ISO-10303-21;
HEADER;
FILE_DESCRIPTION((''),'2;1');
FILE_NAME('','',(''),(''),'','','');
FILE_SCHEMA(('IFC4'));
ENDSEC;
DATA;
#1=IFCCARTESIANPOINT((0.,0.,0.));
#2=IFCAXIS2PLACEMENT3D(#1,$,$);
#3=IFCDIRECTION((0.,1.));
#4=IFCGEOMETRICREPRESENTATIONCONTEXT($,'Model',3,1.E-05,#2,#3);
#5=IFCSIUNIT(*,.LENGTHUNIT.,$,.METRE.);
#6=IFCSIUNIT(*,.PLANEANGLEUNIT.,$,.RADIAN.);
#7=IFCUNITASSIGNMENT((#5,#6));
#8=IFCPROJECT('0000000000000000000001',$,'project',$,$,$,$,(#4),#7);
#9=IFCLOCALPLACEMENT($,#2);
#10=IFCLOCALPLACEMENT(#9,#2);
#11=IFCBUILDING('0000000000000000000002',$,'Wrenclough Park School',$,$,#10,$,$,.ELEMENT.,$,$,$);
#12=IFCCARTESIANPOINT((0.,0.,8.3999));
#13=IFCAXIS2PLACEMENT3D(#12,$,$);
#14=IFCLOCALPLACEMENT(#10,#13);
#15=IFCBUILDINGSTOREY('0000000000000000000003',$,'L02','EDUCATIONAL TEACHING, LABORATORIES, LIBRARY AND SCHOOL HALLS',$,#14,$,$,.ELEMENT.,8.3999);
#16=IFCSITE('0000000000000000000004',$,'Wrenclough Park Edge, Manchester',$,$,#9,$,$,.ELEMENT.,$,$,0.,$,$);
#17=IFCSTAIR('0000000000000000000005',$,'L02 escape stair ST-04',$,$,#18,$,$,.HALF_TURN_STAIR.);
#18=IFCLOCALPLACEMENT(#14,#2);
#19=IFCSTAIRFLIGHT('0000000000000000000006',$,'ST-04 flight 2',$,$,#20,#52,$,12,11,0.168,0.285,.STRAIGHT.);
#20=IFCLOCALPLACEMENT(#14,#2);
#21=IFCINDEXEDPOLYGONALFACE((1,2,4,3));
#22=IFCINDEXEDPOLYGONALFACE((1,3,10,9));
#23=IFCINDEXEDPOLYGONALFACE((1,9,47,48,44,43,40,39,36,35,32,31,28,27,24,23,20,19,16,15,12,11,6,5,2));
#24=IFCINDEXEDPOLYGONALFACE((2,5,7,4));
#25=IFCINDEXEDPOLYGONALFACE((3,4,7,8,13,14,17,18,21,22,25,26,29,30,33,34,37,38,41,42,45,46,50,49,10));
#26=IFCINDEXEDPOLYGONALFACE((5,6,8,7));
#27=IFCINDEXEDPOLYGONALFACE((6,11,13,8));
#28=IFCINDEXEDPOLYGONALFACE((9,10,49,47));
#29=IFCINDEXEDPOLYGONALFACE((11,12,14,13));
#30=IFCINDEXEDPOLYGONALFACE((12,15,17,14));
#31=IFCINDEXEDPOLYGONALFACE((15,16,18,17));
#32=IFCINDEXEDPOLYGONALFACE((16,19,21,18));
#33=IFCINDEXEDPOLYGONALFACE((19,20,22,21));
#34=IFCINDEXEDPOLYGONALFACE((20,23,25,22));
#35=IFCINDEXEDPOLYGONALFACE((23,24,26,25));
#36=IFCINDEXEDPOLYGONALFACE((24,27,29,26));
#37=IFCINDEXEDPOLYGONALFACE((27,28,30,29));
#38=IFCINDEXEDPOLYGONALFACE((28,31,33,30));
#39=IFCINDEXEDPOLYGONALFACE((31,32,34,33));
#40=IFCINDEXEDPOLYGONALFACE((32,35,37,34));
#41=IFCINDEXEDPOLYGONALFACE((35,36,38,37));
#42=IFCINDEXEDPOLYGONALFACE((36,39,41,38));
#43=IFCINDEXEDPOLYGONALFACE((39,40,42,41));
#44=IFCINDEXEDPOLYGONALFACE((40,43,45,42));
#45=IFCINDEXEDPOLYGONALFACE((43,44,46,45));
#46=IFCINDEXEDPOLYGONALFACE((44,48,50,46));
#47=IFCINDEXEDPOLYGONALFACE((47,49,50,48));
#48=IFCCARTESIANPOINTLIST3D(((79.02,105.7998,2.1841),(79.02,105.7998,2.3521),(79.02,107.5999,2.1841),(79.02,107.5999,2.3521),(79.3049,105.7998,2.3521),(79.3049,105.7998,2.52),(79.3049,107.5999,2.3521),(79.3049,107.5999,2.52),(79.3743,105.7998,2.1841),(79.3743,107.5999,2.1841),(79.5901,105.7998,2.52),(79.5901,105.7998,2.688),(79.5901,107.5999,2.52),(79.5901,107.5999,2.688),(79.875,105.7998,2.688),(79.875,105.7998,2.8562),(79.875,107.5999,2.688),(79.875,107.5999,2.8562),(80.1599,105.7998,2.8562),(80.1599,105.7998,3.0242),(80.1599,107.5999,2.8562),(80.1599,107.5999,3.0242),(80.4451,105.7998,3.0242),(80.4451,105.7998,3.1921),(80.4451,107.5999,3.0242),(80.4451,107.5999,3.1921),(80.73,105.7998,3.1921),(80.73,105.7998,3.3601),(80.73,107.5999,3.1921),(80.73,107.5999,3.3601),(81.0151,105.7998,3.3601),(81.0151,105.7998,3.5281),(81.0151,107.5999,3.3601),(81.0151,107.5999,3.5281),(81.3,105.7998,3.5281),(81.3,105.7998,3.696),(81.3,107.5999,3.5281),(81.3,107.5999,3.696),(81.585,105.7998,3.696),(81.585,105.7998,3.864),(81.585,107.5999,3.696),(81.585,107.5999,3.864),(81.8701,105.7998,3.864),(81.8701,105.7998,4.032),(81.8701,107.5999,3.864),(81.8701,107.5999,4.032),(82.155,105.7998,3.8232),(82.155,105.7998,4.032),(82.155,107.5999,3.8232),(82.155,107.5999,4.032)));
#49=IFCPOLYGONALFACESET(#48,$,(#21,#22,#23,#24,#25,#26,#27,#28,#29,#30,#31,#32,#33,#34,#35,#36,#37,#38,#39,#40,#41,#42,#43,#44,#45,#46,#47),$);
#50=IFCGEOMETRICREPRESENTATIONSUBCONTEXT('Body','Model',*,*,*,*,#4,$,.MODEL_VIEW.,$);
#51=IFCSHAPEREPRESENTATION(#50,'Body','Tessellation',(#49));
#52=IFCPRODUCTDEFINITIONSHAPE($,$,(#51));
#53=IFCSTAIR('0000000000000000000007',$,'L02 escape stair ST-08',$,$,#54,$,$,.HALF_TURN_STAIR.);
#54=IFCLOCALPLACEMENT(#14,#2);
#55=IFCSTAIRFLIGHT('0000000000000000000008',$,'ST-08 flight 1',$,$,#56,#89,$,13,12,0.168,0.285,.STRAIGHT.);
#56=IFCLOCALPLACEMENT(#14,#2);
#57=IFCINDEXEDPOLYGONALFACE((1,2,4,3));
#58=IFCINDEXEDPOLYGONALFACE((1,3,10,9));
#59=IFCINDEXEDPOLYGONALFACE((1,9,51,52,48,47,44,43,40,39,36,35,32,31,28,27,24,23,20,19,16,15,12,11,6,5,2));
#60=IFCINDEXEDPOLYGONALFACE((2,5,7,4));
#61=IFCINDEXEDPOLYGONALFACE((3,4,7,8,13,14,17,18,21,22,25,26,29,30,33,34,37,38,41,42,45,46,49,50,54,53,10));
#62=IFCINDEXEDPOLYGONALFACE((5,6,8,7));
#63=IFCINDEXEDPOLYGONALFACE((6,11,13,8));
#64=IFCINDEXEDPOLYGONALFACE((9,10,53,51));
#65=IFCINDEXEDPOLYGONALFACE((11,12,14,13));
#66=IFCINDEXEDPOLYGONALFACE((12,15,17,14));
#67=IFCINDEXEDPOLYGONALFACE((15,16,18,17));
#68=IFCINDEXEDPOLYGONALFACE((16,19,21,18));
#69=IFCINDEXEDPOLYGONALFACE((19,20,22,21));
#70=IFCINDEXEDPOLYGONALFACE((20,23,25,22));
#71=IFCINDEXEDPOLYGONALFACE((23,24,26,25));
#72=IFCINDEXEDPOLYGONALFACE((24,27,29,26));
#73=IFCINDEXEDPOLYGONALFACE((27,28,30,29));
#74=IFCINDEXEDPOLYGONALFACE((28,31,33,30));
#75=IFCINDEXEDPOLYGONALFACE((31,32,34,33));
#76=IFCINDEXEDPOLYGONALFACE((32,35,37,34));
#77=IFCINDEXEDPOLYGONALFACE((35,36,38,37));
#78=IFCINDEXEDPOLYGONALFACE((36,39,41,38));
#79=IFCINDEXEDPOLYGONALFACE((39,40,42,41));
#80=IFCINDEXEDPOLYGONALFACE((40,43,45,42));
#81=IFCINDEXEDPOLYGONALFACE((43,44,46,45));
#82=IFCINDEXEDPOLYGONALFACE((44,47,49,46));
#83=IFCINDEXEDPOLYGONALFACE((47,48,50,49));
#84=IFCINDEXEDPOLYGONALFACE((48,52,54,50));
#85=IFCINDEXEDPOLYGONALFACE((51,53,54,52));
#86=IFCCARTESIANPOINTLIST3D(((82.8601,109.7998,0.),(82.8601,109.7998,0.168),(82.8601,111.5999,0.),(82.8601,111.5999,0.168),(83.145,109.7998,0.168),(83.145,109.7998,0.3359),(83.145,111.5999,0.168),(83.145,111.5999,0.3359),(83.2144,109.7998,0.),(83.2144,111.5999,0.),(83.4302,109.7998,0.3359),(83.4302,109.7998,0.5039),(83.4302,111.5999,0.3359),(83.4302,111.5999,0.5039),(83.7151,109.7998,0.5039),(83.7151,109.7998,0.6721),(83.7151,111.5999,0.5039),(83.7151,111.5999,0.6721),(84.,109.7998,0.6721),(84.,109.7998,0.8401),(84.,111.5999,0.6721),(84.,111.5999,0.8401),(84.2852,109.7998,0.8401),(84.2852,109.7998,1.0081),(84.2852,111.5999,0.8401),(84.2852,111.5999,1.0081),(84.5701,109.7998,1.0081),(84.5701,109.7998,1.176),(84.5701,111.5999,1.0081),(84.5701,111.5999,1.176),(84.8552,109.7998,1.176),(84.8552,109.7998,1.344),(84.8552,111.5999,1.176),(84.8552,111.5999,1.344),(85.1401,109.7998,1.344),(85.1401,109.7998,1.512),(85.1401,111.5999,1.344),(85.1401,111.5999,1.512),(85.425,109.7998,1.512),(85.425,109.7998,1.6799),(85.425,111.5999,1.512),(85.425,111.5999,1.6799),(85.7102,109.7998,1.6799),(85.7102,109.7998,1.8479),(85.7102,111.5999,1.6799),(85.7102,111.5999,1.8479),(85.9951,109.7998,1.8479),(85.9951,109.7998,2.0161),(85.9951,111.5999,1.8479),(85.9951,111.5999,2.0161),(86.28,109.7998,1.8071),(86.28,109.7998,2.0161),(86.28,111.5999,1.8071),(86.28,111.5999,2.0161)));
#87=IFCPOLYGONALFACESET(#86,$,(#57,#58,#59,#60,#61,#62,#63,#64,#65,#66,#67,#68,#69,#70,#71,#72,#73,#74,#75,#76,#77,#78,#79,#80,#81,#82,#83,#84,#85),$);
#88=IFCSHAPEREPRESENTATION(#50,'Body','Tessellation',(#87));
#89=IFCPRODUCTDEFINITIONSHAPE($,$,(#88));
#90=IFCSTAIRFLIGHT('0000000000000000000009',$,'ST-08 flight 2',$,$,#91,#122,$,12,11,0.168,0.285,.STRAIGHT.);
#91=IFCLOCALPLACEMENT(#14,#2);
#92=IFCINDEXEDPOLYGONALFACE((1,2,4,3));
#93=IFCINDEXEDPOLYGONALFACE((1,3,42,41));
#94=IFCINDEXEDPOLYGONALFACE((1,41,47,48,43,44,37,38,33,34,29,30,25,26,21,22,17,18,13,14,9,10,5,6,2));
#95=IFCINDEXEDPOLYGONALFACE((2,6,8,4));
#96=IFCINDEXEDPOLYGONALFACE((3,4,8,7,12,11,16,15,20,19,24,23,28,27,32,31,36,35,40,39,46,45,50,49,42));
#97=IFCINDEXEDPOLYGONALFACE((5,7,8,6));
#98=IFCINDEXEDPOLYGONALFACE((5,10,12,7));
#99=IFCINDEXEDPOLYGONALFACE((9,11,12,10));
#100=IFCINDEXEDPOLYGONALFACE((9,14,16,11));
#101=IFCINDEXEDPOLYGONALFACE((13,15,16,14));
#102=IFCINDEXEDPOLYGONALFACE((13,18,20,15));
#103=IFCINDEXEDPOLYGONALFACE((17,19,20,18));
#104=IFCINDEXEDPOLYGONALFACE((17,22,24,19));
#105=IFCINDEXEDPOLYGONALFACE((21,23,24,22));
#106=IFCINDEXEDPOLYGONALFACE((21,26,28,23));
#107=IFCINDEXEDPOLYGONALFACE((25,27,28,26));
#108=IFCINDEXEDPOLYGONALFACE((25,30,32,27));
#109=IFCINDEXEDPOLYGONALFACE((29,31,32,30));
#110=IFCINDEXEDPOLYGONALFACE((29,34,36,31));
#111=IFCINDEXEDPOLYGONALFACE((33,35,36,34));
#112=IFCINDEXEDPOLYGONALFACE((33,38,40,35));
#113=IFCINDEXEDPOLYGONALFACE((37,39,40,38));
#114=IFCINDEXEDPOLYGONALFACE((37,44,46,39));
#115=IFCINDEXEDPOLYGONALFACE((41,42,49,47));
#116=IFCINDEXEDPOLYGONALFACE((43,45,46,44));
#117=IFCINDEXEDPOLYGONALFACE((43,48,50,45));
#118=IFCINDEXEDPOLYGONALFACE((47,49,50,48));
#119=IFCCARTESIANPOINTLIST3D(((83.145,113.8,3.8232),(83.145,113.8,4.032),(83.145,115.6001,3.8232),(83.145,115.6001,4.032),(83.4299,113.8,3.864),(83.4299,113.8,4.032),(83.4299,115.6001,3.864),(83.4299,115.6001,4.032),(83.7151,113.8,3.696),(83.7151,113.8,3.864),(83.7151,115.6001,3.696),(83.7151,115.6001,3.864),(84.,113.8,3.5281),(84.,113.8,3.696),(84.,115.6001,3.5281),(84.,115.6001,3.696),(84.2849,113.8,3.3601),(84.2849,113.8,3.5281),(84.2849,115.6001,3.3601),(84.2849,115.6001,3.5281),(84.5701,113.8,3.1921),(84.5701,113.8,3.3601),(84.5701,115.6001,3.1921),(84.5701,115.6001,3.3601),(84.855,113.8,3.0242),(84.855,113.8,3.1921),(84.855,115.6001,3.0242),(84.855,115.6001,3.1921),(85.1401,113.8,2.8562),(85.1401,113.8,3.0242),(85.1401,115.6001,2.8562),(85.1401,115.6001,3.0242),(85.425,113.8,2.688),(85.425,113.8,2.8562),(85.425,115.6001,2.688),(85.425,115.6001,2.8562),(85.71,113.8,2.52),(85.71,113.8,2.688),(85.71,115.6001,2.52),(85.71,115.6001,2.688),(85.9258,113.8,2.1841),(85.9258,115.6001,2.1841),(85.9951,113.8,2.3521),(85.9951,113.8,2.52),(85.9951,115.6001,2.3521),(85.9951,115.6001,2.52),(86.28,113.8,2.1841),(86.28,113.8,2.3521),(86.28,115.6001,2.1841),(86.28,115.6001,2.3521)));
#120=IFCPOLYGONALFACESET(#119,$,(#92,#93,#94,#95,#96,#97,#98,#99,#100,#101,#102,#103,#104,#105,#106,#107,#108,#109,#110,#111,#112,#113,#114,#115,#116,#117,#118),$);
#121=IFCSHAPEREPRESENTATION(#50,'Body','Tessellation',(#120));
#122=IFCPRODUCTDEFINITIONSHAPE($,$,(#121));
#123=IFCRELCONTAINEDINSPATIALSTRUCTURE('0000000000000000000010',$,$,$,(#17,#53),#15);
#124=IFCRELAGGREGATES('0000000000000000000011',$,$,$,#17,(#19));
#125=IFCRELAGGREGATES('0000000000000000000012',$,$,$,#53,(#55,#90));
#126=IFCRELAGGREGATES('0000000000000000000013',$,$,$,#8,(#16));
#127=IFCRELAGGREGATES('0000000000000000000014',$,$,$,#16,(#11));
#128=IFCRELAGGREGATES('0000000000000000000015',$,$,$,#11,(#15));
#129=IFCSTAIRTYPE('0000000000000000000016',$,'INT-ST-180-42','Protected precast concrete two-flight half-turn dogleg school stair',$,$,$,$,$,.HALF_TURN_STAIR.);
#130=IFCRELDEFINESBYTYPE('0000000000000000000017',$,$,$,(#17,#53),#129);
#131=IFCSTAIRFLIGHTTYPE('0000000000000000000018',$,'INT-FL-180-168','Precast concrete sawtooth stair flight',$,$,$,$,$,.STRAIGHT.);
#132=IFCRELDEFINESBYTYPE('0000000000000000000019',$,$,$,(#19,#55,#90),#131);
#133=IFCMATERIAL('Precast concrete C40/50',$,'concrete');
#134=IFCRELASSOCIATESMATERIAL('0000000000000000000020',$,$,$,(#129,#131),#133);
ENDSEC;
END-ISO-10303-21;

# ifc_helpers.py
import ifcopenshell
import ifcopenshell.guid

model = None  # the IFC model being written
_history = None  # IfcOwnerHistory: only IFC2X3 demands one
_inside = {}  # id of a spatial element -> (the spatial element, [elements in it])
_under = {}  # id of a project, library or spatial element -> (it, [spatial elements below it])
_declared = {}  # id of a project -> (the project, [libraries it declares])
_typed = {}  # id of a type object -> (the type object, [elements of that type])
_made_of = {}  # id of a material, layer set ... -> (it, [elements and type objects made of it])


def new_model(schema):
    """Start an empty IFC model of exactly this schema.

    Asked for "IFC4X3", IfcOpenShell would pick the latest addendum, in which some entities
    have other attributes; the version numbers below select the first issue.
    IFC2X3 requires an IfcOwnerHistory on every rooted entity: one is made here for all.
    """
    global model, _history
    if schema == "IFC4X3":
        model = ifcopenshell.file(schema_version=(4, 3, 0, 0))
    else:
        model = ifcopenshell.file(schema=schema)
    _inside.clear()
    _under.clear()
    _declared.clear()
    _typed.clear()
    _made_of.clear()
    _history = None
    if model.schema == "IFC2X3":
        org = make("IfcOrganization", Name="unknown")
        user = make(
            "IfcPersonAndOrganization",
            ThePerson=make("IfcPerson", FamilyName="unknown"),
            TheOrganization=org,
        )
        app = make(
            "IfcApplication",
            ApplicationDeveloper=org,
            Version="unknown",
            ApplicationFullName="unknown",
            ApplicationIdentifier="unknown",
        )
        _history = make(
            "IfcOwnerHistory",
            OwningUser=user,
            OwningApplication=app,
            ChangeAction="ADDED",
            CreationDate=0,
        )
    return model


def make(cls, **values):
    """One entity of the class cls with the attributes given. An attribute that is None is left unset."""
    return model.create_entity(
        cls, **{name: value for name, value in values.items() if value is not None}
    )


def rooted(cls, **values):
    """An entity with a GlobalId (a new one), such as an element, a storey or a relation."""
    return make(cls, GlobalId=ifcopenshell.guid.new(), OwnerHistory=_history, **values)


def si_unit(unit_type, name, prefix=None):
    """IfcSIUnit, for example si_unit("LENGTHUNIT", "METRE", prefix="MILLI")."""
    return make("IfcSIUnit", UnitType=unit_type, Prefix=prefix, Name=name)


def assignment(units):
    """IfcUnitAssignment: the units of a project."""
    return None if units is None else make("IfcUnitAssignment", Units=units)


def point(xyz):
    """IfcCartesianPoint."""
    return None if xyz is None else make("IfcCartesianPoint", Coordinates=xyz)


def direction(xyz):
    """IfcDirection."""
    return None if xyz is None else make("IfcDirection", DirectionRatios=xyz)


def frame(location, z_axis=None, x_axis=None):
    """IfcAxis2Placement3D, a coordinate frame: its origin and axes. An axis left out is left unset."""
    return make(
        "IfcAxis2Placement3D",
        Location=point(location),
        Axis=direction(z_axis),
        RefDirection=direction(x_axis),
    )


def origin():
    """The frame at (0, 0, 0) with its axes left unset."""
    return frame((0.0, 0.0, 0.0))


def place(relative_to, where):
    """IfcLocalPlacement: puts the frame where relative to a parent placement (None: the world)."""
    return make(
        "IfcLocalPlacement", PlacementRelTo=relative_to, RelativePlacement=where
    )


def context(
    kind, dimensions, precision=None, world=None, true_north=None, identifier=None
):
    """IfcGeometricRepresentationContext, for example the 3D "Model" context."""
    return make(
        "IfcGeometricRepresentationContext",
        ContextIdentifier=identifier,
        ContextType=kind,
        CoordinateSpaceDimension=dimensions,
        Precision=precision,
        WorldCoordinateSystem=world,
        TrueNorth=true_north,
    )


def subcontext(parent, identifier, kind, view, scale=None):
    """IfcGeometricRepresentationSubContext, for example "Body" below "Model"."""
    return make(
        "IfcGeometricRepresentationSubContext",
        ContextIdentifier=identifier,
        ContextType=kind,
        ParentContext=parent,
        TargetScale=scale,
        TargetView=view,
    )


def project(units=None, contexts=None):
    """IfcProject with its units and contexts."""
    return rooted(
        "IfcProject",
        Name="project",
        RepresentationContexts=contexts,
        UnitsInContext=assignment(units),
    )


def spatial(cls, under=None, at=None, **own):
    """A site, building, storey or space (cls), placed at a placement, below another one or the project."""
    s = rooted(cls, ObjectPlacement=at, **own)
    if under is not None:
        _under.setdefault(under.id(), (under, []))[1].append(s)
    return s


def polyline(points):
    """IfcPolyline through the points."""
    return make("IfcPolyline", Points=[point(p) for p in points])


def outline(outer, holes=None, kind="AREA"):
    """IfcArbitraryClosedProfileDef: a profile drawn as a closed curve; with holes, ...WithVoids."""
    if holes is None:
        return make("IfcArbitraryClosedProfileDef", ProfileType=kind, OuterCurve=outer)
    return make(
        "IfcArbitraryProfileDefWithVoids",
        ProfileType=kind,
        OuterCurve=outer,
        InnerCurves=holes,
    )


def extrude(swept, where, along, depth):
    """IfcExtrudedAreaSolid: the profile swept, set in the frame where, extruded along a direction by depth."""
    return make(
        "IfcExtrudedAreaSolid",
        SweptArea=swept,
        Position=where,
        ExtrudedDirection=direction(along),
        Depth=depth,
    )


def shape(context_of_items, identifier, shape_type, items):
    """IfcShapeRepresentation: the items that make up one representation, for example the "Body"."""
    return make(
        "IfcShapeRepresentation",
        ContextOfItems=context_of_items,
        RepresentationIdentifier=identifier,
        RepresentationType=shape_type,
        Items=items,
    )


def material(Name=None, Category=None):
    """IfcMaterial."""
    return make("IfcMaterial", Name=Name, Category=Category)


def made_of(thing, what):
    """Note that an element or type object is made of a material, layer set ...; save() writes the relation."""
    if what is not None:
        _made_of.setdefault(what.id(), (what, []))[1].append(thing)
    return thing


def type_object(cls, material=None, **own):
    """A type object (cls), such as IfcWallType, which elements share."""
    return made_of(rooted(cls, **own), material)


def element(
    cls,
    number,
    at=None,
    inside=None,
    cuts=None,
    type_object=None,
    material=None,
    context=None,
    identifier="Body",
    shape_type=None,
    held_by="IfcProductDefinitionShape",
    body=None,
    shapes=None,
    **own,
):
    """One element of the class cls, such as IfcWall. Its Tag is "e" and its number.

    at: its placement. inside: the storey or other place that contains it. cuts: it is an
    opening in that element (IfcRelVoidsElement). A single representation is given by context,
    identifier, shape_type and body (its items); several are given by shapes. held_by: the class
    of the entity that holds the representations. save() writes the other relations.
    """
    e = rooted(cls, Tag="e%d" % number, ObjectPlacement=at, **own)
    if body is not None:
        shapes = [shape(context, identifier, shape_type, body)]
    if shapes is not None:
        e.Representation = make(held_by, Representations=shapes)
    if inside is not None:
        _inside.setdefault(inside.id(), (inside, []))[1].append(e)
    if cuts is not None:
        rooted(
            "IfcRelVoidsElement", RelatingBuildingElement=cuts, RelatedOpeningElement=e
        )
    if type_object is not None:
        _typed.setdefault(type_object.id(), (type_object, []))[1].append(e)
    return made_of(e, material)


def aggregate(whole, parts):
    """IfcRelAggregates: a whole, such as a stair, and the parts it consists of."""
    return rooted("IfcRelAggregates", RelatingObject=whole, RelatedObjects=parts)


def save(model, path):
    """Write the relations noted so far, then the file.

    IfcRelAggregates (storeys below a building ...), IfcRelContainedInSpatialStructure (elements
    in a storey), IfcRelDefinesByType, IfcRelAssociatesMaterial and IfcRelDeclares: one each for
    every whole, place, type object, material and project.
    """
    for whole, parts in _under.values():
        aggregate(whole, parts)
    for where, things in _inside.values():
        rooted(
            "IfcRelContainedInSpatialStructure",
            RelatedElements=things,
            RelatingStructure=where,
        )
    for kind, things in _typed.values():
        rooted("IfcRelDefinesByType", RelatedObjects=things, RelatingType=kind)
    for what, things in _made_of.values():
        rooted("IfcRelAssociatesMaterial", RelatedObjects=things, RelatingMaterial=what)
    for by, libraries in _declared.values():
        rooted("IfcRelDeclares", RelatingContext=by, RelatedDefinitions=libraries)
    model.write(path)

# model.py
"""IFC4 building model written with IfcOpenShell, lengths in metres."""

from ifc_helpers import new_model, si_unit, direction, frame, origin, place, context, subcontext, project, spatial, polyline, outline, extrude, material, type_object, element, aggregate, save


model = new_model("IFC4")

# Units and contexts
model_context = context("Model", 3, precision=1e-05, world=origin(), true_north=direction((0.0, 1.0)))
body_context = subcontext(model_context, "Body", "Model", "MODEL_VIEW")
ifc_project = project(units=[si_unit("LENGTHUNIT", "METRE"), si_unit("PLANEANGLEUNIT", "RADIAN")], contexts=[model_context])

# Site, building, storey
site_placement = place(None, origin())
site = spatial("IfcSite", under=ifc_project, at=site_placement, Name="Wrenclough Park Edge, Manchester", CompositionType="ELEMENT", RefElevation=0.0)
building_placement = place(site_placement, origin())
building = spatial("IfcBuilding", under=site, at=building_placement, Name="Wrenclough Park School", CompositionType="ELEMENT")
storey_placement = place(building_placement, frame((0.0, 0.0, 8.3999)))
storey = spatial("IfcBuildingStorey", under=building, at=storey_placement, Name="L02", Description="EDUCATIONAL TEACHING, LABORATORIES, LIBRARY AND SCHOOL HALLS", CompositionType="ELEMENT", Elevation=8.3999)

# Stair, stair flight
ifc_material_1 = material(Name="Precast concrete C40/50", Category="concrete")
stair_type = type_object("IfcStairType", Name="INT-ST-180-42", Description="Protected precast concrete two-flight half-turn dogleg school stair", PredefinedType="HALF_TURN_STAIR", material=ifc_material_1)
stair_1_placement = place(storey_placement, origin())
stair_1 = element("IfcStair", 1, at=stair_1_placement, inside=storey, type_object=stair_type, Name="L02 escape stair ST-04", PredefinedType="HALF_TURN_STAIR")
stair_flight_type = type_object("IfcStairFlightType", Name="INT-FL-180-168", Description="Precast concrete sawtooth stair flight", PredefinedType="STRAIGHT", material=ifc_material_1)
stair_flight_1_placement = place(storey_placement, frame((79.02, 106.7, 2.1841), z_axis=(0.0, 0.0, 1.0), x_axis=(1.0, 0.0, 0.0)))
stair_flight_1 = element("IfcStairFlight", 2, at=stair_flight_1_placement, type_object=stair_flight_type, Name="ST-04 flight 2", NumberOfRisers=12, NumberOfTreads=11, PredefinedType="STRAIGHT", RiserHeight=0.168, TreadLength=0.285, context=body_context, shape_type="SweptSolid", body=[
    extrude(outline(polyline([(0.0, 0.0), (0.0, 0.168), (0.2849, 0.168), (0.2849, 0.3359), (0.5701, 0.3359), (0.5701, 0.5039), (0.855, 0.5039), (0.855, 0.6721), (1.1399, 0.6721), (1.1399, 0.8401), (1.425, 0.8401), (1.425, 1.0081), (1.71, 1.0081), (1.71, 1.176), (1.9951, 1.176), (1.9951, 1.344), (2.28, 1.344), (2.28, 1.512), (2.5649, 1.512), (2.5649, 1.6799), (2.8501, 1.6799), (2.8501, 1.8479), (3.135, 1.8479), (3.135, 2.0161), (3.135, 1.6392), (0.3542, 0.0), (0.0, 0.0)])), frame((0.0, 0.8999, 0.0), z_axis=(0.0, -1.0, 0.0), x_axis=(1.0, 0.0, 0.0)), (0.0, 0.0, 1.0), 1.8),
])
aggregate(stair_1, [stair_flight_1])

# Stair, stair flights
stair_2_placement = place(storey_placement, origin())
stair_2 = element("IfcStair", 3, at=stair_2_placement, inside=storey, type_object=stair_type, Name="L02 escape stair ST-08", PredefinedType="HALF_TURN_STAIR")
stair_flight_2_placement = place(storey_placement, frame((82.8601, 110.7, 0.0), z_axis=(0.0, 0.0, 1.0), x_axis=(1.0, 0.0, 0.0)))
stair_flight_2 = element("IfcStairFlight", 4, at=stair_flight_2_placement, type_object=stair_flight_type, Name="ST-08 flight 1", NumberOfRisers=13, NumberOfTreads=12, PredefinedType="STRAIGHT", RiserHeight=0.168, TreadLength=0.285, context=body_context, shape_type="SweptSolid", body=[
    extrude(outline(polyline([(0.0, 0.0), (0.0, 0.168), (0.2849, 0.168), (0.2849, 0.3359), (0.5701, 0.3359), (0.5701, 0.5039), (0.855, 0.5039), (0.855, 0.6721), (1.1399, 0.6721), (1.1399, 0.8401), (1.425, 0.8401), (1.425, 1.0081), (1.71, 1.0081), (1.71, 1.176), (1.9951, 1.176), (1.9951, 1.344), (2.28, 1.344), (2.28, 1.512), (2.5649, 1.512), (2.5649, 1.6799), (2.8501, 1.6799), (2.8501, 1.8479), (3.135, 1.8479), (3.135, 2.0161), (3.4199, 2.0161), (3.4199, 2.1841), (3.4199, 1.8071), (0.3542, 0.0), (0.0, 0.0)])), frame((0.0, 0.8999, 0.0), z_axis=(0.0, -1.0, 0.0), x_axis=(1.0, 0.0, 0.0)), (0.0, 0.0, 1.0), 1.8),
])
stair_flight_3_placement = place(storey_placement, frame((86.28, 114.7, 2.1841), z_axis=(0.0, 0.0, 1.0), x_axis=(-1.0, 0.0, 0.0)))
stair_flight_3 = element("IfcStairFlight", 5, at=stair_flight_3_placement, type_object=stair_flight_type, Name="ST-08 flight 2", NumberOfRisers=12, NumberOfTreads=11, PredefinedType="STRAIGHT", RiserHeight=0.168, TreadLength=0.285, context=body_context, shape_type="SweptSolid", body=[
    extrude(outline(polyline([(0.0, 0.0), (0.0, 0.168), (0.2849, 0.168), (0.2849, 0.3359), (0.5701, 0.3359), (0.5701, 0.5039), (0.855, 0.5039), (0.855, 0.6721), (1.1399, 0.6721), (1.1399, 0.8401), (1.425, 0.8401), (1.425, 1.0081), (1.71, 1.0081), (1.71, 1.176), (1.9951, 1.176), (1.9951, 1.344), (2.28, 1.344), (2.28, 1.512), (2.5649, 1.512), (2.5649, 1.6799), (2.8501, 1.6799), (2.8501, 1.8479), (3.135, 1.8479), (3.135, 2.0161), (3.135, 1.6392), (0.3542, 0.0), (0.0, 0.0)])), frame((0.0, 0.8999, 0.0), z_axis=(0.0, -1.0, 0.0), x_axis=(1.0, 0.0, 0.0)), (0.0, 0.0, 1.0), 1.8),
])
aggregate(stair_2, [stair_flight_2, stair_flight_3])

save(model, "model.ifc")
